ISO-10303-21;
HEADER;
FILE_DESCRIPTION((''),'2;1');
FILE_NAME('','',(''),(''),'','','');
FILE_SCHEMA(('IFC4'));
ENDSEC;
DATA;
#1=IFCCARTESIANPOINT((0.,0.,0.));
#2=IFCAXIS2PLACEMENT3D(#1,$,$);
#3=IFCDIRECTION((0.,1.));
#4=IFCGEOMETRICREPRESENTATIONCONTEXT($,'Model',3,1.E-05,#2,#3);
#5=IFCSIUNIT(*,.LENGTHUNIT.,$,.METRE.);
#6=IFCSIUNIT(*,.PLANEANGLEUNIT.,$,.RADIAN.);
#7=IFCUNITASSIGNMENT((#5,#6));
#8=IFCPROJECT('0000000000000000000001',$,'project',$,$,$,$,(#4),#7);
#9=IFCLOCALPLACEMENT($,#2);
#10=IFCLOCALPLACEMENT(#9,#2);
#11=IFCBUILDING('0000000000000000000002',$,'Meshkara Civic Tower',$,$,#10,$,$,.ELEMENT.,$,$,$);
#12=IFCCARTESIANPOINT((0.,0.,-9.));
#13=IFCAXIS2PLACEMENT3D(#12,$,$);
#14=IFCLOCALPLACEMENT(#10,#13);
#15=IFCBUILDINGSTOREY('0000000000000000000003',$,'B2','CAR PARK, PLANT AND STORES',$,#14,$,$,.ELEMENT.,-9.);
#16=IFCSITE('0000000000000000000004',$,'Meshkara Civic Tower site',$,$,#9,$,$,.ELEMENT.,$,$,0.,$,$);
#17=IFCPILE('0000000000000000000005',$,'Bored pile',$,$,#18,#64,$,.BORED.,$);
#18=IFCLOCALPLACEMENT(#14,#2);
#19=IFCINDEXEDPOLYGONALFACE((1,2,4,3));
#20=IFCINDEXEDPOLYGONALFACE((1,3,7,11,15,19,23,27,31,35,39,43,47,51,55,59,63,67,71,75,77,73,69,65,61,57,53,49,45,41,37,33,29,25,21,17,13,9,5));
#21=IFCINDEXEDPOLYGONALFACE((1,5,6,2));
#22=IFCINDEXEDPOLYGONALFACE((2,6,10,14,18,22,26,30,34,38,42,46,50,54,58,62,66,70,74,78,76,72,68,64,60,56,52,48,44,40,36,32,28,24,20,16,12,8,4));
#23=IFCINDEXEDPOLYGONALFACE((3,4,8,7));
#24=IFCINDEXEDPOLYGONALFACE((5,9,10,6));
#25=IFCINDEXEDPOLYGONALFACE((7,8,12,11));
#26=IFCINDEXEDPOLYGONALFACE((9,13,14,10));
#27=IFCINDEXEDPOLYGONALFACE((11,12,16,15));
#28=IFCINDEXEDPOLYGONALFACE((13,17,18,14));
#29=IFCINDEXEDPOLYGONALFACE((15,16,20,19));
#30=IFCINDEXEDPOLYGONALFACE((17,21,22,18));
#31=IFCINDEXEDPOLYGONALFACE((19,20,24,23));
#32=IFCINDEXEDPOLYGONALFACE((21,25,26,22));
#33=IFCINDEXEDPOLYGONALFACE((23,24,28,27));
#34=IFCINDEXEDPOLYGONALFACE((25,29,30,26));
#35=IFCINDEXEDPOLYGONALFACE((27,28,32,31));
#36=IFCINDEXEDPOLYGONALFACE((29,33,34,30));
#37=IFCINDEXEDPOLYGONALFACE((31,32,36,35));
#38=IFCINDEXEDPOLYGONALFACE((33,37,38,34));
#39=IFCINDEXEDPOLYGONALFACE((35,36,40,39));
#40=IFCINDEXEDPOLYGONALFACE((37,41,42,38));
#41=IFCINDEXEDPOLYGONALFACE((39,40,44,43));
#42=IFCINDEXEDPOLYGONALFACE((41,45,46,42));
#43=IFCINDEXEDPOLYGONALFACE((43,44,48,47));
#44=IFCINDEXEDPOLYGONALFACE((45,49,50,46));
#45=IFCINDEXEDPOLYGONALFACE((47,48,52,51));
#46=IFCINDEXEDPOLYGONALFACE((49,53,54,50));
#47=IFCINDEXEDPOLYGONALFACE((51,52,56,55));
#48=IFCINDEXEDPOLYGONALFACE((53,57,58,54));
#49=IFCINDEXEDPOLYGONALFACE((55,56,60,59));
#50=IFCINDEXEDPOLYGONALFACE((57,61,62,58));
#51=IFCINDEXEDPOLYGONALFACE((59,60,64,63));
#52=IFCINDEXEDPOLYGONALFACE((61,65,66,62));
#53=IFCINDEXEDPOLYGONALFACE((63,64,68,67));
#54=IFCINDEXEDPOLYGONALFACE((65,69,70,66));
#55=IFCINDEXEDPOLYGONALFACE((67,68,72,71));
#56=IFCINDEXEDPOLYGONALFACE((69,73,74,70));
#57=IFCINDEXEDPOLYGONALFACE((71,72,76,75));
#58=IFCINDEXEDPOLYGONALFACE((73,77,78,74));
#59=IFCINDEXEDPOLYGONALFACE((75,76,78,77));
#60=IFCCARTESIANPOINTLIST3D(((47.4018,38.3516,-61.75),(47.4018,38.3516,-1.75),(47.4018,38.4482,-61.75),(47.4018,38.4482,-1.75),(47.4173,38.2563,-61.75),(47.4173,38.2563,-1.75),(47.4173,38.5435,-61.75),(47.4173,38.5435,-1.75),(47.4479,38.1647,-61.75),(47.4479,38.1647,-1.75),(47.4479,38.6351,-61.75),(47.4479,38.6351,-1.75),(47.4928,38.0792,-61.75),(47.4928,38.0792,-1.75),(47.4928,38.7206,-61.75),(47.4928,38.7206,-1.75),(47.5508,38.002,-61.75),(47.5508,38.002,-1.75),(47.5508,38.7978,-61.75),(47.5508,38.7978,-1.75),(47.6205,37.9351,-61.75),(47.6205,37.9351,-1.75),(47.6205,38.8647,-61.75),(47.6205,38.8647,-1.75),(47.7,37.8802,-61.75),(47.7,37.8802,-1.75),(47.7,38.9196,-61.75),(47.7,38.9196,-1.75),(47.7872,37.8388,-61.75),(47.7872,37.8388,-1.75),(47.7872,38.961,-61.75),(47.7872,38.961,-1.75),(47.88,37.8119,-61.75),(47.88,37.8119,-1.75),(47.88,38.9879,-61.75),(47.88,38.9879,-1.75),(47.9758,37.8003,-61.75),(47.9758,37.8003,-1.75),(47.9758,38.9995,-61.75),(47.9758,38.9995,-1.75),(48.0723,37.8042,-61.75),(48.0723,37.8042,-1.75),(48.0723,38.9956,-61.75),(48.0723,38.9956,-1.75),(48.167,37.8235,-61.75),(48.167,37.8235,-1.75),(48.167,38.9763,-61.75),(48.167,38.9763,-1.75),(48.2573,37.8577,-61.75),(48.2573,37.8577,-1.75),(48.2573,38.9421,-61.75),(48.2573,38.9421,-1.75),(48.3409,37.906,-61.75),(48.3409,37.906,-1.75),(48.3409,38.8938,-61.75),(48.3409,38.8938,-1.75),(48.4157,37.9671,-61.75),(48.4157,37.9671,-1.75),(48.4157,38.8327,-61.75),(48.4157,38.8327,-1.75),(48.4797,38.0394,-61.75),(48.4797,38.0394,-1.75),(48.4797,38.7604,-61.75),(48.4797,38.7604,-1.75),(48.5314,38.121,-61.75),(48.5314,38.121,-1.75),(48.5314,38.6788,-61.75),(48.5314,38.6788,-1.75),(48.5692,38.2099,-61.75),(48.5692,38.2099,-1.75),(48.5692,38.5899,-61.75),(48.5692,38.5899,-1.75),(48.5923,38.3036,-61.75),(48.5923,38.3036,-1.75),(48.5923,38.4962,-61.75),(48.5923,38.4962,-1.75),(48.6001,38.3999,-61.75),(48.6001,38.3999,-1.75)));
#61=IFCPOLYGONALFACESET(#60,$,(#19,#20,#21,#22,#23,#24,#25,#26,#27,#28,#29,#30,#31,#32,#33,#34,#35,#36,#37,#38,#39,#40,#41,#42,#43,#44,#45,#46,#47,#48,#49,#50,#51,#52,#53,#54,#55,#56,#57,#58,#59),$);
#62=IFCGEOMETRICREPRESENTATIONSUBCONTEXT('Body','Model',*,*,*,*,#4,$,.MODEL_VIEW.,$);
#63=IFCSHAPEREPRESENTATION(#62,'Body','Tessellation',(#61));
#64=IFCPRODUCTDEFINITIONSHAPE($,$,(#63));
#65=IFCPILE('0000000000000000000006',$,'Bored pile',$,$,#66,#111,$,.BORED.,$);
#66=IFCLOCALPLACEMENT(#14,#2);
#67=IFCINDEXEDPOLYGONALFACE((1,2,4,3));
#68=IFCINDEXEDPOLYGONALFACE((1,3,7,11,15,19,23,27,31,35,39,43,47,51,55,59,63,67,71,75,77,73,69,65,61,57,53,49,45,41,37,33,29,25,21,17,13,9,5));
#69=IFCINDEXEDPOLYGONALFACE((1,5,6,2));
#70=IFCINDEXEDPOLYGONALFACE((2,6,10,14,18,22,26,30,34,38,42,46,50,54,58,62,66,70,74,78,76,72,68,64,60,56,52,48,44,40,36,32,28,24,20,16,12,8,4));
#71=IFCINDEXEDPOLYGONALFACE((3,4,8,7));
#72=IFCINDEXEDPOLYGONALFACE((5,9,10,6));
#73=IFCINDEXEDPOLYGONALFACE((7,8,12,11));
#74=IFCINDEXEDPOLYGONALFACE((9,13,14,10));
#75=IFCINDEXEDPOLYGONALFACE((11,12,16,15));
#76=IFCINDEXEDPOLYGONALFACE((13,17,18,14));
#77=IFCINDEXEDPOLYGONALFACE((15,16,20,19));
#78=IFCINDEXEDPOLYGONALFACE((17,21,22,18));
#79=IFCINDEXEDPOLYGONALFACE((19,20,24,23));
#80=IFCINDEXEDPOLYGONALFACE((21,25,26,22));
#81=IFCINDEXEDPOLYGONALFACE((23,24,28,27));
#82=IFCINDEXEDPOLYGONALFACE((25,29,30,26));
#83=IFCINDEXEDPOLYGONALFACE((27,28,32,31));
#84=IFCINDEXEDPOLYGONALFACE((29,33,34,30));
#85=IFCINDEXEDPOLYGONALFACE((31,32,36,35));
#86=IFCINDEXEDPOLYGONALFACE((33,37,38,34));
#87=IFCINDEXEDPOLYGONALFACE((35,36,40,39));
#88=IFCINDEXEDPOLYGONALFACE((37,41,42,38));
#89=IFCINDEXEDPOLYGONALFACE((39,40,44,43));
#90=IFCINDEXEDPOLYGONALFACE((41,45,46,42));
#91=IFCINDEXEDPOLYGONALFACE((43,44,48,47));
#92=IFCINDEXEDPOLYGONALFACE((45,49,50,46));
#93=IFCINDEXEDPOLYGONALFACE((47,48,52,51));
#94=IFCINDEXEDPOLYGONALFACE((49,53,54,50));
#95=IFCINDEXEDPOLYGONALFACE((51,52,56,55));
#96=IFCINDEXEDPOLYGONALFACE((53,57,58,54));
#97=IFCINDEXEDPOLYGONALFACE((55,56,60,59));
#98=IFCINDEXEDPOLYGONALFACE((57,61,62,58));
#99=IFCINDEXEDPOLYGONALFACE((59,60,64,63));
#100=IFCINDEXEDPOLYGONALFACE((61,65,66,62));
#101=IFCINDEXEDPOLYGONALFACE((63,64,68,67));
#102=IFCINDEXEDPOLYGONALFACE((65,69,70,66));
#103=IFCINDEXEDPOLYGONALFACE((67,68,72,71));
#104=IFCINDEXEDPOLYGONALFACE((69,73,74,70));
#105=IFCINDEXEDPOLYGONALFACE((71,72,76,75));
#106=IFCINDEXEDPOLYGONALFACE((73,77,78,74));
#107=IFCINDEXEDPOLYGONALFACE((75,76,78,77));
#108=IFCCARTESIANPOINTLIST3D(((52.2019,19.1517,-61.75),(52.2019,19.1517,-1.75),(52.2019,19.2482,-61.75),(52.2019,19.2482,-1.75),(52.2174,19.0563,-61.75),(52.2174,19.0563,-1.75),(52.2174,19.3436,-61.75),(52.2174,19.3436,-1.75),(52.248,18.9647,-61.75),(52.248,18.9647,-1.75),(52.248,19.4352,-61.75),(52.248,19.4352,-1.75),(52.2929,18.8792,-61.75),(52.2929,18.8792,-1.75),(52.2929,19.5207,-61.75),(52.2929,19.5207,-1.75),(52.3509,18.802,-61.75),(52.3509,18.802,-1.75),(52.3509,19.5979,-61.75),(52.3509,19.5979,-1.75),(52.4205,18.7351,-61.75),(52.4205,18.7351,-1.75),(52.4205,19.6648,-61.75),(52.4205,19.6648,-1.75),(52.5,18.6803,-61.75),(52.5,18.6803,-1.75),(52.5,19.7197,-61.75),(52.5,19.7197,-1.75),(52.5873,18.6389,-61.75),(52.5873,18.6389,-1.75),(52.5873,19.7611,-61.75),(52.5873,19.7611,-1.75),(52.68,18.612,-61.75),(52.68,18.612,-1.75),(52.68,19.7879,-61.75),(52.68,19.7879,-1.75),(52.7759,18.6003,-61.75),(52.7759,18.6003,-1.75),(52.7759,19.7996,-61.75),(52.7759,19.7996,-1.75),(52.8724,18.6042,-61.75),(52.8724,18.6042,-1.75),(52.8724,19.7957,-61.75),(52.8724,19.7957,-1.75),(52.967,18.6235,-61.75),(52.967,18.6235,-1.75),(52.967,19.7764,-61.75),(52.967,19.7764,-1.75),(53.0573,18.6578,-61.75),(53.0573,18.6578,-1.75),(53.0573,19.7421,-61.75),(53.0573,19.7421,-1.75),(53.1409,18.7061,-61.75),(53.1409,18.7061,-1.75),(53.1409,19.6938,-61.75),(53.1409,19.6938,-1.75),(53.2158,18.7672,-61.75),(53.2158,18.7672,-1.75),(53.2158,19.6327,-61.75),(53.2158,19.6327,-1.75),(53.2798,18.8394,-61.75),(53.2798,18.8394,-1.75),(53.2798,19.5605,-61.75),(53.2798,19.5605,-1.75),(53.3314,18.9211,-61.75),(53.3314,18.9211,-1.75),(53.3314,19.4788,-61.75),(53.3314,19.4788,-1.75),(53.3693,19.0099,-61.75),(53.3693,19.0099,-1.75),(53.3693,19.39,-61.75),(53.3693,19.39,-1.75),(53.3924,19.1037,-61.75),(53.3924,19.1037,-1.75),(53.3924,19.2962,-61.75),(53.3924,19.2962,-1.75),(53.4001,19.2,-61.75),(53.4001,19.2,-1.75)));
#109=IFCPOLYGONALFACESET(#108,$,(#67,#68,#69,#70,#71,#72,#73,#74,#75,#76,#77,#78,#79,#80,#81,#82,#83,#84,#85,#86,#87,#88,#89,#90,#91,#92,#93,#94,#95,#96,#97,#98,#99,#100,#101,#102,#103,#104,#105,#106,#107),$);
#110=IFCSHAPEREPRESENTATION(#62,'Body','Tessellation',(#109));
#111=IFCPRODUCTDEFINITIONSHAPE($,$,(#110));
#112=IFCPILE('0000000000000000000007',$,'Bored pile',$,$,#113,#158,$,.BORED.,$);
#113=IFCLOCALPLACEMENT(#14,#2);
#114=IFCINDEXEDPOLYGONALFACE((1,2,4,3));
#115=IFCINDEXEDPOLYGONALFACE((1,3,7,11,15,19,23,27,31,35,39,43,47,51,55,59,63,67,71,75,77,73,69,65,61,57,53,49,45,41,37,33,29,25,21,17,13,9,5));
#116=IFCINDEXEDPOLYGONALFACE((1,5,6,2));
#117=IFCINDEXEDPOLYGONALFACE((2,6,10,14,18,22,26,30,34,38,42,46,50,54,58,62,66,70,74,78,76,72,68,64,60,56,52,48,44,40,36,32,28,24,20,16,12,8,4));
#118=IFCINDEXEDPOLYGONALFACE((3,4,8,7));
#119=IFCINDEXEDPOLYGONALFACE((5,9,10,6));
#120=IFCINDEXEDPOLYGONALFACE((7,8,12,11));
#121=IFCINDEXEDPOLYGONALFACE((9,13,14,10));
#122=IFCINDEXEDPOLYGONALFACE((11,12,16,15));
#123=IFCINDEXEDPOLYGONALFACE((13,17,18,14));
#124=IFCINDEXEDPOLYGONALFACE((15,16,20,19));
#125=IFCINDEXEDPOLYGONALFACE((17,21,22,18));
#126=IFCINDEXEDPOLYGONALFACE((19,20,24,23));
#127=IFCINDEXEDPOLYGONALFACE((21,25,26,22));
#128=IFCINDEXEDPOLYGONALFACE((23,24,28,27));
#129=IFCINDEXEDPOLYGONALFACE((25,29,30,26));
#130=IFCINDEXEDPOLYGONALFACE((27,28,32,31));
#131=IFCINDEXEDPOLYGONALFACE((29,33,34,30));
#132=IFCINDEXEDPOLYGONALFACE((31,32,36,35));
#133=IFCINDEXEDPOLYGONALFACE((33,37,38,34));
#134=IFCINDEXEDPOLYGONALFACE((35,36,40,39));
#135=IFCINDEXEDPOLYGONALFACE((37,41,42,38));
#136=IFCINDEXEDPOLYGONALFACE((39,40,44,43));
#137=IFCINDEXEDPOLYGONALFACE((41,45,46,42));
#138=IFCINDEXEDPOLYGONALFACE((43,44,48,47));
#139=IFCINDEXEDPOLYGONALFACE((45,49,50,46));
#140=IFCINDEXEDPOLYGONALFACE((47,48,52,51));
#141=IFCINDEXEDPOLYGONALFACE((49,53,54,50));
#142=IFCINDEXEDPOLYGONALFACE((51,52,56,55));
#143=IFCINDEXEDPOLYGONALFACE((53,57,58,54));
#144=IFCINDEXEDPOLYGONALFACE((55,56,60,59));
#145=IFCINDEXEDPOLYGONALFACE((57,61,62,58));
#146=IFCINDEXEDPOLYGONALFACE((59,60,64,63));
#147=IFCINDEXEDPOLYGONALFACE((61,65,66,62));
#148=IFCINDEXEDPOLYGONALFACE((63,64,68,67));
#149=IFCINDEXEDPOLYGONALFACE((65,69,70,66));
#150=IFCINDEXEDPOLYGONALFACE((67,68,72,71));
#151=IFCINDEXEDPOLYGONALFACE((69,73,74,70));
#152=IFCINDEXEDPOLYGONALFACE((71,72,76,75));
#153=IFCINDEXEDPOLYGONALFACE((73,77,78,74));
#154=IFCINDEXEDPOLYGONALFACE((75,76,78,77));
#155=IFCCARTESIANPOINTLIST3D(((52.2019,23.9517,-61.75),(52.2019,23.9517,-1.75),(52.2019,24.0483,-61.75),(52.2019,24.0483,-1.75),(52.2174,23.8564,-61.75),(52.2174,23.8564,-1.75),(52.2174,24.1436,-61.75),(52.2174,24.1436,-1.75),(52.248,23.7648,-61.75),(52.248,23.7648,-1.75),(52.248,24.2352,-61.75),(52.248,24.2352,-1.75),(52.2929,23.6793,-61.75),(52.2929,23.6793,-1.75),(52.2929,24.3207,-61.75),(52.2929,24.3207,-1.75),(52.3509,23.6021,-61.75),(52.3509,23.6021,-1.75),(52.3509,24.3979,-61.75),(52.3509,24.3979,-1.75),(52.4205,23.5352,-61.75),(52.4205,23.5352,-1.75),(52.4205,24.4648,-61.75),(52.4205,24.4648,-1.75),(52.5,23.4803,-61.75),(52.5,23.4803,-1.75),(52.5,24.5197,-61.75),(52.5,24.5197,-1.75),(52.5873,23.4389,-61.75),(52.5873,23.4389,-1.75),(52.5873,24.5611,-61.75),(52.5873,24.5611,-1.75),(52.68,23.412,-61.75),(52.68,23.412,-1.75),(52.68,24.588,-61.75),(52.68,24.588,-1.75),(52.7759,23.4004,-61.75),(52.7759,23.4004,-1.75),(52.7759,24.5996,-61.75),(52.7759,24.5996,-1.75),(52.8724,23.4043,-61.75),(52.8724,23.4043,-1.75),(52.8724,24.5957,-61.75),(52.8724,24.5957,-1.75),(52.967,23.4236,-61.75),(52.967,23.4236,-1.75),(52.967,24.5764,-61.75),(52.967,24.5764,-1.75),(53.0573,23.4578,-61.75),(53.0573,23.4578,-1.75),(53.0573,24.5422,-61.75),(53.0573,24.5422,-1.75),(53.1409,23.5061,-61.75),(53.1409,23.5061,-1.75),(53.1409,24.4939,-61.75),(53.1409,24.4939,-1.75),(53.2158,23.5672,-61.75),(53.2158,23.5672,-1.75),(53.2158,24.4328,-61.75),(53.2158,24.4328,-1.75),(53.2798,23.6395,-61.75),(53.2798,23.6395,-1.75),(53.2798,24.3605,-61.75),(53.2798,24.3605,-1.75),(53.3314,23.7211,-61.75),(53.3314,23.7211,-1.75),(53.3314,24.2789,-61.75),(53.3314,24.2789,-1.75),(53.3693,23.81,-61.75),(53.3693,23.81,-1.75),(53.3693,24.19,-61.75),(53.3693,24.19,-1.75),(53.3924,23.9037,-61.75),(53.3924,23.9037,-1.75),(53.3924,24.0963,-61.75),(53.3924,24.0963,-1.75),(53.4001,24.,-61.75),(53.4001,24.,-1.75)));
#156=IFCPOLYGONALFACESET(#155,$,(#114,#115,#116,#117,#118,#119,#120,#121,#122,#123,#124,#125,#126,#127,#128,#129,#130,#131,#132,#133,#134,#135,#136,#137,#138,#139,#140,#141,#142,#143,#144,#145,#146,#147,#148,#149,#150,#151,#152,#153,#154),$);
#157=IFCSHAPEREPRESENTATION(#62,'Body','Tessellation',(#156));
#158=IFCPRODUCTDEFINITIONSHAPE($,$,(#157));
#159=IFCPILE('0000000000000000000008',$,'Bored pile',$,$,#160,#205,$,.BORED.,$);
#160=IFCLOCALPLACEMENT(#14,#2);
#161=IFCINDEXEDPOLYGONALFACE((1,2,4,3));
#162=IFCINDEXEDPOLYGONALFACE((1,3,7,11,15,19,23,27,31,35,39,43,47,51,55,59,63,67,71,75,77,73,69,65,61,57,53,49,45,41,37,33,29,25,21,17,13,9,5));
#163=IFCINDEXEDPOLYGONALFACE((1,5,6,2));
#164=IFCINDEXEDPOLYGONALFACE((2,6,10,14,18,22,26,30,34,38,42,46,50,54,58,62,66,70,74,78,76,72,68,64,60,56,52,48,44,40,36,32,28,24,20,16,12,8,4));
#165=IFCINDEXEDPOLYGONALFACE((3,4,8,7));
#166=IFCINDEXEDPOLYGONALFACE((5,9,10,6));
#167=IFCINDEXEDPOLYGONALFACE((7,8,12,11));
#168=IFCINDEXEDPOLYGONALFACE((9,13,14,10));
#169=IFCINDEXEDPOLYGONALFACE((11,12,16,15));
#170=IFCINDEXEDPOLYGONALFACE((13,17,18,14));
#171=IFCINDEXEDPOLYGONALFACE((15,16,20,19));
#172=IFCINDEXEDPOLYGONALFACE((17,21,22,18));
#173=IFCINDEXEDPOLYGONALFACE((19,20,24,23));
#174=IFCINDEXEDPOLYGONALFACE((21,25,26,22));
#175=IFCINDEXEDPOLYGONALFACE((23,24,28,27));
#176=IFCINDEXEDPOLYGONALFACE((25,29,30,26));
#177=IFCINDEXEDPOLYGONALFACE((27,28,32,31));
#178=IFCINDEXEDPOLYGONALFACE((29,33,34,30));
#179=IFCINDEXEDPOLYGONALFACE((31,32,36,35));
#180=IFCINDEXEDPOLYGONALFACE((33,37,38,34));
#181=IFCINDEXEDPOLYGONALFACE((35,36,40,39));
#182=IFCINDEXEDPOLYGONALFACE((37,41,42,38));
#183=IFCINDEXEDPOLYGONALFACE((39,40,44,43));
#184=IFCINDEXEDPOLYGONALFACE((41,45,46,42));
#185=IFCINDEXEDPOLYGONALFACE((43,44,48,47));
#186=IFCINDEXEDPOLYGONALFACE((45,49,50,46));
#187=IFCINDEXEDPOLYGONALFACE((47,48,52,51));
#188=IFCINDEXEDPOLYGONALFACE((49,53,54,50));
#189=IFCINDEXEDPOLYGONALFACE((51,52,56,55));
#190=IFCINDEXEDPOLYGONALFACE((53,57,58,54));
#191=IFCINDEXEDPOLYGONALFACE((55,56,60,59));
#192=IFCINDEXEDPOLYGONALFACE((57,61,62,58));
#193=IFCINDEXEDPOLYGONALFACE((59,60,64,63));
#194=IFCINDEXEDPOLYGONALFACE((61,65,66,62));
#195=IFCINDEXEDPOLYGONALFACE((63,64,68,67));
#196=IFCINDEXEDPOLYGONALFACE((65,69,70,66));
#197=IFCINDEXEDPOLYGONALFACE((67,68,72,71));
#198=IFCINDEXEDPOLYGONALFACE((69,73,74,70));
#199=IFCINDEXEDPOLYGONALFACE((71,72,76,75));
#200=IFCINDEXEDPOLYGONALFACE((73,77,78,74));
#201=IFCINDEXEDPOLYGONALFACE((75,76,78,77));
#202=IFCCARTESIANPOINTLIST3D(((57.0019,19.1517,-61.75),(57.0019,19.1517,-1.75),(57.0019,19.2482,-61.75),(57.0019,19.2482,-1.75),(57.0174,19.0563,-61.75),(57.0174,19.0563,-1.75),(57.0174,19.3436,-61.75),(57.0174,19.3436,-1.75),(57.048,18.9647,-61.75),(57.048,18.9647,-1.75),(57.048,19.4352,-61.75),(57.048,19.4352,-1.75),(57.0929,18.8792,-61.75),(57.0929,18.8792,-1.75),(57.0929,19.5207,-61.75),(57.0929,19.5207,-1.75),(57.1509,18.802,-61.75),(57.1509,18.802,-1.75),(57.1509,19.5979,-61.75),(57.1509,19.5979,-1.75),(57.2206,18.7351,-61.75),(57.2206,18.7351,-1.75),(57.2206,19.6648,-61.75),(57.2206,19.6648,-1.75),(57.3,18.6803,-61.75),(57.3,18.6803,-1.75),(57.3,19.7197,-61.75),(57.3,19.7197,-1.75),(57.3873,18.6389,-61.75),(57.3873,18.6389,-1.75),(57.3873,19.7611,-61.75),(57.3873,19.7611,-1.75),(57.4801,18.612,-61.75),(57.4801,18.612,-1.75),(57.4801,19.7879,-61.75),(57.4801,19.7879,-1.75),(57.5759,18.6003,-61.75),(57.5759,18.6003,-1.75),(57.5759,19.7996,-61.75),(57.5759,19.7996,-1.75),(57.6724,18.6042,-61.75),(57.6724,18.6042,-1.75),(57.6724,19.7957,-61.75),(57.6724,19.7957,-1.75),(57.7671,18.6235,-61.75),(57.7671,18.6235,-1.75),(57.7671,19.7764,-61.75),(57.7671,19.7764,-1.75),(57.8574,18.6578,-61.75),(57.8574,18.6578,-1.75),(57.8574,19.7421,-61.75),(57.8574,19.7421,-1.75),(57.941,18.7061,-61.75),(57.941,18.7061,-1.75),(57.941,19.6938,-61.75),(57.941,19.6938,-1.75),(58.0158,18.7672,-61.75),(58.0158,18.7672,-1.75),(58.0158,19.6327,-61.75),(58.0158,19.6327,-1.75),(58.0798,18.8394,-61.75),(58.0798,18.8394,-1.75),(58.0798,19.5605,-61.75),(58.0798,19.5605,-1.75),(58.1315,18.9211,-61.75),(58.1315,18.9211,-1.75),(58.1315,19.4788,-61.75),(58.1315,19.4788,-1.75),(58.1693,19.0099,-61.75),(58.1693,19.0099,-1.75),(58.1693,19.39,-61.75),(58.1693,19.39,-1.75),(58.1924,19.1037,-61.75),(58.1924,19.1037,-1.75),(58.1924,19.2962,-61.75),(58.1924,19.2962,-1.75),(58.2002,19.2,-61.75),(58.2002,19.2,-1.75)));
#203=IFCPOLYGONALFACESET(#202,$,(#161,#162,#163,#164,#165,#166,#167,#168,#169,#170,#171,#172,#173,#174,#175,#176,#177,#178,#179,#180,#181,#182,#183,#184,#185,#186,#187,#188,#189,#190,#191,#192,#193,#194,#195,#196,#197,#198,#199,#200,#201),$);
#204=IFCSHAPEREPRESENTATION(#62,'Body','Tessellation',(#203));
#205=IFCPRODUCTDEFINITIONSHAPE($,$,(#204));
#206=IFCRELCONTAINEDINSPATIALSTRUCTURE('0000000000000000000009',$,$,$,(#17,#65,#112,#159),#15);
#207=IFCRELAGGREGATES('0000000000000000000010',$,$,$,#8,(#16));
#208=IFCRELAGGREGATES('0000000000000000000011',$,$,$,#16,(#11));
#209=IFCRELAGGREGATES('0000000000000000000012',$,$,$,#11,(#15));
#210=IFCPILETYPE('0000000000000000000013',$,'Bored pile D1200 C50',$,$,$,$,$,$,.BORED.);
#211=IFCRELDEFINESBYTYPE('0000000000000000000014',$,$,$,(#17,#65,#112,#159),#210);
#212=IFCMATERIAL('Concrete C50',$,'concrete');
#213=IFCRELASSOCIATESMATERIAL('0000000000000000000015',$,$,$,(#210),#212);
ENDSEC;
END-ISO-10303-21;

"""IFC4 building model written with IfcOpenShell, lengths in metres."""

from ifc_helpers import new_model, si_unit, direction, frame, origin, origin_2d, place, context, subcontext, project, spatial, circle, extrude, material, material_profile, profile_set, type_object, element, save


model = new_model("IFC4")

# Units and contexts
model_context = context("Model", 3, precision=1e-05, world=origin(), true_north=direction((0.0, 1.0)))
body_context = subcontext(model_context, "Body", "Model", "MODEL_VIEW")
ifc_project = project(units=[si_unit("LENGTHUNIT", "METRE"), si_unit("PLANEANGLEUNIT", "RADIAN")], contexts=[model_context])

# Site, building, storey
site_placement = place(None, origin())
site = spatial("IfcSite", under=ifc_project, at=site_placement, Name="Meshkara Civic Tower site", CompositionType="ELEMENT", RefElevation=0.0)
building_placement = place(site_placement, origin())
building = spatial("IfcBuilding", under=site, at=building_placement, Name="Meshkara Civic Tower", CompositionType="ELEMENT")
storey_placement = place(building_placement, frame((0.0, 0.0, -9.0)))
storey = spatial("IfcBuildingStorey", under=building, at=storey_placement, Name="B2", Description="CAR PARK, PLANT AND STORES", CompositionType="ELEMENT", Elevation=-9.0)

# Piles
ifc_material_1 = material(Name="Concrete C50", Category="concrete")
ifc_material_profile_1 = material_profile(ifc_material_1, circle(Radius=0.6001, at=origin_2d()))
ifc_profile_set_1 = profile_set([ifc_material_profile_1], Name="Concrete C50")
pile_type = type_object("IfcPileType", Name="Bored pile D1200 C50", PredefinedType="BORED", material=ifc_profile_set_1)
for number, where, z_axis, x_axis, name in (
    (1, (48.0, 38.3999, -1.75), (0.0, 0.0, -1.0), (1.0, 0.0, 0.0), "Bored pile"),
    (2, (52.8, 19.2, -1.75), (0.0, 0.0, -1.0), (1.0, 0.0, 0.0), "Bored pile"),
    (3, (52.8, 24.0, -1.75), (0.0, 0.0, -1.0), (1.0, 0.0, 0.0), "Bored pile"),
    (4, (57.6001, 19.2, -1.75), (0.0, 0.0, -1.0), (1.0, 0.0, 0.0), "Bored pile"),
):
    element("IfcPile", number, at=place(storey_placement, frame(where, z_axis=z_axis, x_axis=x_axis)), inside=storey, type_object=pile_type, Name=name, PredefinedType="BORED", context=body_context, shape_type="SweptSolid", body=[
        extrude(circle(Radius=0.6001, at=origin_2d()), origin(), (0.0, 0.0, 1.0), 60.0),
    ])

save(model, "model.ifc")
